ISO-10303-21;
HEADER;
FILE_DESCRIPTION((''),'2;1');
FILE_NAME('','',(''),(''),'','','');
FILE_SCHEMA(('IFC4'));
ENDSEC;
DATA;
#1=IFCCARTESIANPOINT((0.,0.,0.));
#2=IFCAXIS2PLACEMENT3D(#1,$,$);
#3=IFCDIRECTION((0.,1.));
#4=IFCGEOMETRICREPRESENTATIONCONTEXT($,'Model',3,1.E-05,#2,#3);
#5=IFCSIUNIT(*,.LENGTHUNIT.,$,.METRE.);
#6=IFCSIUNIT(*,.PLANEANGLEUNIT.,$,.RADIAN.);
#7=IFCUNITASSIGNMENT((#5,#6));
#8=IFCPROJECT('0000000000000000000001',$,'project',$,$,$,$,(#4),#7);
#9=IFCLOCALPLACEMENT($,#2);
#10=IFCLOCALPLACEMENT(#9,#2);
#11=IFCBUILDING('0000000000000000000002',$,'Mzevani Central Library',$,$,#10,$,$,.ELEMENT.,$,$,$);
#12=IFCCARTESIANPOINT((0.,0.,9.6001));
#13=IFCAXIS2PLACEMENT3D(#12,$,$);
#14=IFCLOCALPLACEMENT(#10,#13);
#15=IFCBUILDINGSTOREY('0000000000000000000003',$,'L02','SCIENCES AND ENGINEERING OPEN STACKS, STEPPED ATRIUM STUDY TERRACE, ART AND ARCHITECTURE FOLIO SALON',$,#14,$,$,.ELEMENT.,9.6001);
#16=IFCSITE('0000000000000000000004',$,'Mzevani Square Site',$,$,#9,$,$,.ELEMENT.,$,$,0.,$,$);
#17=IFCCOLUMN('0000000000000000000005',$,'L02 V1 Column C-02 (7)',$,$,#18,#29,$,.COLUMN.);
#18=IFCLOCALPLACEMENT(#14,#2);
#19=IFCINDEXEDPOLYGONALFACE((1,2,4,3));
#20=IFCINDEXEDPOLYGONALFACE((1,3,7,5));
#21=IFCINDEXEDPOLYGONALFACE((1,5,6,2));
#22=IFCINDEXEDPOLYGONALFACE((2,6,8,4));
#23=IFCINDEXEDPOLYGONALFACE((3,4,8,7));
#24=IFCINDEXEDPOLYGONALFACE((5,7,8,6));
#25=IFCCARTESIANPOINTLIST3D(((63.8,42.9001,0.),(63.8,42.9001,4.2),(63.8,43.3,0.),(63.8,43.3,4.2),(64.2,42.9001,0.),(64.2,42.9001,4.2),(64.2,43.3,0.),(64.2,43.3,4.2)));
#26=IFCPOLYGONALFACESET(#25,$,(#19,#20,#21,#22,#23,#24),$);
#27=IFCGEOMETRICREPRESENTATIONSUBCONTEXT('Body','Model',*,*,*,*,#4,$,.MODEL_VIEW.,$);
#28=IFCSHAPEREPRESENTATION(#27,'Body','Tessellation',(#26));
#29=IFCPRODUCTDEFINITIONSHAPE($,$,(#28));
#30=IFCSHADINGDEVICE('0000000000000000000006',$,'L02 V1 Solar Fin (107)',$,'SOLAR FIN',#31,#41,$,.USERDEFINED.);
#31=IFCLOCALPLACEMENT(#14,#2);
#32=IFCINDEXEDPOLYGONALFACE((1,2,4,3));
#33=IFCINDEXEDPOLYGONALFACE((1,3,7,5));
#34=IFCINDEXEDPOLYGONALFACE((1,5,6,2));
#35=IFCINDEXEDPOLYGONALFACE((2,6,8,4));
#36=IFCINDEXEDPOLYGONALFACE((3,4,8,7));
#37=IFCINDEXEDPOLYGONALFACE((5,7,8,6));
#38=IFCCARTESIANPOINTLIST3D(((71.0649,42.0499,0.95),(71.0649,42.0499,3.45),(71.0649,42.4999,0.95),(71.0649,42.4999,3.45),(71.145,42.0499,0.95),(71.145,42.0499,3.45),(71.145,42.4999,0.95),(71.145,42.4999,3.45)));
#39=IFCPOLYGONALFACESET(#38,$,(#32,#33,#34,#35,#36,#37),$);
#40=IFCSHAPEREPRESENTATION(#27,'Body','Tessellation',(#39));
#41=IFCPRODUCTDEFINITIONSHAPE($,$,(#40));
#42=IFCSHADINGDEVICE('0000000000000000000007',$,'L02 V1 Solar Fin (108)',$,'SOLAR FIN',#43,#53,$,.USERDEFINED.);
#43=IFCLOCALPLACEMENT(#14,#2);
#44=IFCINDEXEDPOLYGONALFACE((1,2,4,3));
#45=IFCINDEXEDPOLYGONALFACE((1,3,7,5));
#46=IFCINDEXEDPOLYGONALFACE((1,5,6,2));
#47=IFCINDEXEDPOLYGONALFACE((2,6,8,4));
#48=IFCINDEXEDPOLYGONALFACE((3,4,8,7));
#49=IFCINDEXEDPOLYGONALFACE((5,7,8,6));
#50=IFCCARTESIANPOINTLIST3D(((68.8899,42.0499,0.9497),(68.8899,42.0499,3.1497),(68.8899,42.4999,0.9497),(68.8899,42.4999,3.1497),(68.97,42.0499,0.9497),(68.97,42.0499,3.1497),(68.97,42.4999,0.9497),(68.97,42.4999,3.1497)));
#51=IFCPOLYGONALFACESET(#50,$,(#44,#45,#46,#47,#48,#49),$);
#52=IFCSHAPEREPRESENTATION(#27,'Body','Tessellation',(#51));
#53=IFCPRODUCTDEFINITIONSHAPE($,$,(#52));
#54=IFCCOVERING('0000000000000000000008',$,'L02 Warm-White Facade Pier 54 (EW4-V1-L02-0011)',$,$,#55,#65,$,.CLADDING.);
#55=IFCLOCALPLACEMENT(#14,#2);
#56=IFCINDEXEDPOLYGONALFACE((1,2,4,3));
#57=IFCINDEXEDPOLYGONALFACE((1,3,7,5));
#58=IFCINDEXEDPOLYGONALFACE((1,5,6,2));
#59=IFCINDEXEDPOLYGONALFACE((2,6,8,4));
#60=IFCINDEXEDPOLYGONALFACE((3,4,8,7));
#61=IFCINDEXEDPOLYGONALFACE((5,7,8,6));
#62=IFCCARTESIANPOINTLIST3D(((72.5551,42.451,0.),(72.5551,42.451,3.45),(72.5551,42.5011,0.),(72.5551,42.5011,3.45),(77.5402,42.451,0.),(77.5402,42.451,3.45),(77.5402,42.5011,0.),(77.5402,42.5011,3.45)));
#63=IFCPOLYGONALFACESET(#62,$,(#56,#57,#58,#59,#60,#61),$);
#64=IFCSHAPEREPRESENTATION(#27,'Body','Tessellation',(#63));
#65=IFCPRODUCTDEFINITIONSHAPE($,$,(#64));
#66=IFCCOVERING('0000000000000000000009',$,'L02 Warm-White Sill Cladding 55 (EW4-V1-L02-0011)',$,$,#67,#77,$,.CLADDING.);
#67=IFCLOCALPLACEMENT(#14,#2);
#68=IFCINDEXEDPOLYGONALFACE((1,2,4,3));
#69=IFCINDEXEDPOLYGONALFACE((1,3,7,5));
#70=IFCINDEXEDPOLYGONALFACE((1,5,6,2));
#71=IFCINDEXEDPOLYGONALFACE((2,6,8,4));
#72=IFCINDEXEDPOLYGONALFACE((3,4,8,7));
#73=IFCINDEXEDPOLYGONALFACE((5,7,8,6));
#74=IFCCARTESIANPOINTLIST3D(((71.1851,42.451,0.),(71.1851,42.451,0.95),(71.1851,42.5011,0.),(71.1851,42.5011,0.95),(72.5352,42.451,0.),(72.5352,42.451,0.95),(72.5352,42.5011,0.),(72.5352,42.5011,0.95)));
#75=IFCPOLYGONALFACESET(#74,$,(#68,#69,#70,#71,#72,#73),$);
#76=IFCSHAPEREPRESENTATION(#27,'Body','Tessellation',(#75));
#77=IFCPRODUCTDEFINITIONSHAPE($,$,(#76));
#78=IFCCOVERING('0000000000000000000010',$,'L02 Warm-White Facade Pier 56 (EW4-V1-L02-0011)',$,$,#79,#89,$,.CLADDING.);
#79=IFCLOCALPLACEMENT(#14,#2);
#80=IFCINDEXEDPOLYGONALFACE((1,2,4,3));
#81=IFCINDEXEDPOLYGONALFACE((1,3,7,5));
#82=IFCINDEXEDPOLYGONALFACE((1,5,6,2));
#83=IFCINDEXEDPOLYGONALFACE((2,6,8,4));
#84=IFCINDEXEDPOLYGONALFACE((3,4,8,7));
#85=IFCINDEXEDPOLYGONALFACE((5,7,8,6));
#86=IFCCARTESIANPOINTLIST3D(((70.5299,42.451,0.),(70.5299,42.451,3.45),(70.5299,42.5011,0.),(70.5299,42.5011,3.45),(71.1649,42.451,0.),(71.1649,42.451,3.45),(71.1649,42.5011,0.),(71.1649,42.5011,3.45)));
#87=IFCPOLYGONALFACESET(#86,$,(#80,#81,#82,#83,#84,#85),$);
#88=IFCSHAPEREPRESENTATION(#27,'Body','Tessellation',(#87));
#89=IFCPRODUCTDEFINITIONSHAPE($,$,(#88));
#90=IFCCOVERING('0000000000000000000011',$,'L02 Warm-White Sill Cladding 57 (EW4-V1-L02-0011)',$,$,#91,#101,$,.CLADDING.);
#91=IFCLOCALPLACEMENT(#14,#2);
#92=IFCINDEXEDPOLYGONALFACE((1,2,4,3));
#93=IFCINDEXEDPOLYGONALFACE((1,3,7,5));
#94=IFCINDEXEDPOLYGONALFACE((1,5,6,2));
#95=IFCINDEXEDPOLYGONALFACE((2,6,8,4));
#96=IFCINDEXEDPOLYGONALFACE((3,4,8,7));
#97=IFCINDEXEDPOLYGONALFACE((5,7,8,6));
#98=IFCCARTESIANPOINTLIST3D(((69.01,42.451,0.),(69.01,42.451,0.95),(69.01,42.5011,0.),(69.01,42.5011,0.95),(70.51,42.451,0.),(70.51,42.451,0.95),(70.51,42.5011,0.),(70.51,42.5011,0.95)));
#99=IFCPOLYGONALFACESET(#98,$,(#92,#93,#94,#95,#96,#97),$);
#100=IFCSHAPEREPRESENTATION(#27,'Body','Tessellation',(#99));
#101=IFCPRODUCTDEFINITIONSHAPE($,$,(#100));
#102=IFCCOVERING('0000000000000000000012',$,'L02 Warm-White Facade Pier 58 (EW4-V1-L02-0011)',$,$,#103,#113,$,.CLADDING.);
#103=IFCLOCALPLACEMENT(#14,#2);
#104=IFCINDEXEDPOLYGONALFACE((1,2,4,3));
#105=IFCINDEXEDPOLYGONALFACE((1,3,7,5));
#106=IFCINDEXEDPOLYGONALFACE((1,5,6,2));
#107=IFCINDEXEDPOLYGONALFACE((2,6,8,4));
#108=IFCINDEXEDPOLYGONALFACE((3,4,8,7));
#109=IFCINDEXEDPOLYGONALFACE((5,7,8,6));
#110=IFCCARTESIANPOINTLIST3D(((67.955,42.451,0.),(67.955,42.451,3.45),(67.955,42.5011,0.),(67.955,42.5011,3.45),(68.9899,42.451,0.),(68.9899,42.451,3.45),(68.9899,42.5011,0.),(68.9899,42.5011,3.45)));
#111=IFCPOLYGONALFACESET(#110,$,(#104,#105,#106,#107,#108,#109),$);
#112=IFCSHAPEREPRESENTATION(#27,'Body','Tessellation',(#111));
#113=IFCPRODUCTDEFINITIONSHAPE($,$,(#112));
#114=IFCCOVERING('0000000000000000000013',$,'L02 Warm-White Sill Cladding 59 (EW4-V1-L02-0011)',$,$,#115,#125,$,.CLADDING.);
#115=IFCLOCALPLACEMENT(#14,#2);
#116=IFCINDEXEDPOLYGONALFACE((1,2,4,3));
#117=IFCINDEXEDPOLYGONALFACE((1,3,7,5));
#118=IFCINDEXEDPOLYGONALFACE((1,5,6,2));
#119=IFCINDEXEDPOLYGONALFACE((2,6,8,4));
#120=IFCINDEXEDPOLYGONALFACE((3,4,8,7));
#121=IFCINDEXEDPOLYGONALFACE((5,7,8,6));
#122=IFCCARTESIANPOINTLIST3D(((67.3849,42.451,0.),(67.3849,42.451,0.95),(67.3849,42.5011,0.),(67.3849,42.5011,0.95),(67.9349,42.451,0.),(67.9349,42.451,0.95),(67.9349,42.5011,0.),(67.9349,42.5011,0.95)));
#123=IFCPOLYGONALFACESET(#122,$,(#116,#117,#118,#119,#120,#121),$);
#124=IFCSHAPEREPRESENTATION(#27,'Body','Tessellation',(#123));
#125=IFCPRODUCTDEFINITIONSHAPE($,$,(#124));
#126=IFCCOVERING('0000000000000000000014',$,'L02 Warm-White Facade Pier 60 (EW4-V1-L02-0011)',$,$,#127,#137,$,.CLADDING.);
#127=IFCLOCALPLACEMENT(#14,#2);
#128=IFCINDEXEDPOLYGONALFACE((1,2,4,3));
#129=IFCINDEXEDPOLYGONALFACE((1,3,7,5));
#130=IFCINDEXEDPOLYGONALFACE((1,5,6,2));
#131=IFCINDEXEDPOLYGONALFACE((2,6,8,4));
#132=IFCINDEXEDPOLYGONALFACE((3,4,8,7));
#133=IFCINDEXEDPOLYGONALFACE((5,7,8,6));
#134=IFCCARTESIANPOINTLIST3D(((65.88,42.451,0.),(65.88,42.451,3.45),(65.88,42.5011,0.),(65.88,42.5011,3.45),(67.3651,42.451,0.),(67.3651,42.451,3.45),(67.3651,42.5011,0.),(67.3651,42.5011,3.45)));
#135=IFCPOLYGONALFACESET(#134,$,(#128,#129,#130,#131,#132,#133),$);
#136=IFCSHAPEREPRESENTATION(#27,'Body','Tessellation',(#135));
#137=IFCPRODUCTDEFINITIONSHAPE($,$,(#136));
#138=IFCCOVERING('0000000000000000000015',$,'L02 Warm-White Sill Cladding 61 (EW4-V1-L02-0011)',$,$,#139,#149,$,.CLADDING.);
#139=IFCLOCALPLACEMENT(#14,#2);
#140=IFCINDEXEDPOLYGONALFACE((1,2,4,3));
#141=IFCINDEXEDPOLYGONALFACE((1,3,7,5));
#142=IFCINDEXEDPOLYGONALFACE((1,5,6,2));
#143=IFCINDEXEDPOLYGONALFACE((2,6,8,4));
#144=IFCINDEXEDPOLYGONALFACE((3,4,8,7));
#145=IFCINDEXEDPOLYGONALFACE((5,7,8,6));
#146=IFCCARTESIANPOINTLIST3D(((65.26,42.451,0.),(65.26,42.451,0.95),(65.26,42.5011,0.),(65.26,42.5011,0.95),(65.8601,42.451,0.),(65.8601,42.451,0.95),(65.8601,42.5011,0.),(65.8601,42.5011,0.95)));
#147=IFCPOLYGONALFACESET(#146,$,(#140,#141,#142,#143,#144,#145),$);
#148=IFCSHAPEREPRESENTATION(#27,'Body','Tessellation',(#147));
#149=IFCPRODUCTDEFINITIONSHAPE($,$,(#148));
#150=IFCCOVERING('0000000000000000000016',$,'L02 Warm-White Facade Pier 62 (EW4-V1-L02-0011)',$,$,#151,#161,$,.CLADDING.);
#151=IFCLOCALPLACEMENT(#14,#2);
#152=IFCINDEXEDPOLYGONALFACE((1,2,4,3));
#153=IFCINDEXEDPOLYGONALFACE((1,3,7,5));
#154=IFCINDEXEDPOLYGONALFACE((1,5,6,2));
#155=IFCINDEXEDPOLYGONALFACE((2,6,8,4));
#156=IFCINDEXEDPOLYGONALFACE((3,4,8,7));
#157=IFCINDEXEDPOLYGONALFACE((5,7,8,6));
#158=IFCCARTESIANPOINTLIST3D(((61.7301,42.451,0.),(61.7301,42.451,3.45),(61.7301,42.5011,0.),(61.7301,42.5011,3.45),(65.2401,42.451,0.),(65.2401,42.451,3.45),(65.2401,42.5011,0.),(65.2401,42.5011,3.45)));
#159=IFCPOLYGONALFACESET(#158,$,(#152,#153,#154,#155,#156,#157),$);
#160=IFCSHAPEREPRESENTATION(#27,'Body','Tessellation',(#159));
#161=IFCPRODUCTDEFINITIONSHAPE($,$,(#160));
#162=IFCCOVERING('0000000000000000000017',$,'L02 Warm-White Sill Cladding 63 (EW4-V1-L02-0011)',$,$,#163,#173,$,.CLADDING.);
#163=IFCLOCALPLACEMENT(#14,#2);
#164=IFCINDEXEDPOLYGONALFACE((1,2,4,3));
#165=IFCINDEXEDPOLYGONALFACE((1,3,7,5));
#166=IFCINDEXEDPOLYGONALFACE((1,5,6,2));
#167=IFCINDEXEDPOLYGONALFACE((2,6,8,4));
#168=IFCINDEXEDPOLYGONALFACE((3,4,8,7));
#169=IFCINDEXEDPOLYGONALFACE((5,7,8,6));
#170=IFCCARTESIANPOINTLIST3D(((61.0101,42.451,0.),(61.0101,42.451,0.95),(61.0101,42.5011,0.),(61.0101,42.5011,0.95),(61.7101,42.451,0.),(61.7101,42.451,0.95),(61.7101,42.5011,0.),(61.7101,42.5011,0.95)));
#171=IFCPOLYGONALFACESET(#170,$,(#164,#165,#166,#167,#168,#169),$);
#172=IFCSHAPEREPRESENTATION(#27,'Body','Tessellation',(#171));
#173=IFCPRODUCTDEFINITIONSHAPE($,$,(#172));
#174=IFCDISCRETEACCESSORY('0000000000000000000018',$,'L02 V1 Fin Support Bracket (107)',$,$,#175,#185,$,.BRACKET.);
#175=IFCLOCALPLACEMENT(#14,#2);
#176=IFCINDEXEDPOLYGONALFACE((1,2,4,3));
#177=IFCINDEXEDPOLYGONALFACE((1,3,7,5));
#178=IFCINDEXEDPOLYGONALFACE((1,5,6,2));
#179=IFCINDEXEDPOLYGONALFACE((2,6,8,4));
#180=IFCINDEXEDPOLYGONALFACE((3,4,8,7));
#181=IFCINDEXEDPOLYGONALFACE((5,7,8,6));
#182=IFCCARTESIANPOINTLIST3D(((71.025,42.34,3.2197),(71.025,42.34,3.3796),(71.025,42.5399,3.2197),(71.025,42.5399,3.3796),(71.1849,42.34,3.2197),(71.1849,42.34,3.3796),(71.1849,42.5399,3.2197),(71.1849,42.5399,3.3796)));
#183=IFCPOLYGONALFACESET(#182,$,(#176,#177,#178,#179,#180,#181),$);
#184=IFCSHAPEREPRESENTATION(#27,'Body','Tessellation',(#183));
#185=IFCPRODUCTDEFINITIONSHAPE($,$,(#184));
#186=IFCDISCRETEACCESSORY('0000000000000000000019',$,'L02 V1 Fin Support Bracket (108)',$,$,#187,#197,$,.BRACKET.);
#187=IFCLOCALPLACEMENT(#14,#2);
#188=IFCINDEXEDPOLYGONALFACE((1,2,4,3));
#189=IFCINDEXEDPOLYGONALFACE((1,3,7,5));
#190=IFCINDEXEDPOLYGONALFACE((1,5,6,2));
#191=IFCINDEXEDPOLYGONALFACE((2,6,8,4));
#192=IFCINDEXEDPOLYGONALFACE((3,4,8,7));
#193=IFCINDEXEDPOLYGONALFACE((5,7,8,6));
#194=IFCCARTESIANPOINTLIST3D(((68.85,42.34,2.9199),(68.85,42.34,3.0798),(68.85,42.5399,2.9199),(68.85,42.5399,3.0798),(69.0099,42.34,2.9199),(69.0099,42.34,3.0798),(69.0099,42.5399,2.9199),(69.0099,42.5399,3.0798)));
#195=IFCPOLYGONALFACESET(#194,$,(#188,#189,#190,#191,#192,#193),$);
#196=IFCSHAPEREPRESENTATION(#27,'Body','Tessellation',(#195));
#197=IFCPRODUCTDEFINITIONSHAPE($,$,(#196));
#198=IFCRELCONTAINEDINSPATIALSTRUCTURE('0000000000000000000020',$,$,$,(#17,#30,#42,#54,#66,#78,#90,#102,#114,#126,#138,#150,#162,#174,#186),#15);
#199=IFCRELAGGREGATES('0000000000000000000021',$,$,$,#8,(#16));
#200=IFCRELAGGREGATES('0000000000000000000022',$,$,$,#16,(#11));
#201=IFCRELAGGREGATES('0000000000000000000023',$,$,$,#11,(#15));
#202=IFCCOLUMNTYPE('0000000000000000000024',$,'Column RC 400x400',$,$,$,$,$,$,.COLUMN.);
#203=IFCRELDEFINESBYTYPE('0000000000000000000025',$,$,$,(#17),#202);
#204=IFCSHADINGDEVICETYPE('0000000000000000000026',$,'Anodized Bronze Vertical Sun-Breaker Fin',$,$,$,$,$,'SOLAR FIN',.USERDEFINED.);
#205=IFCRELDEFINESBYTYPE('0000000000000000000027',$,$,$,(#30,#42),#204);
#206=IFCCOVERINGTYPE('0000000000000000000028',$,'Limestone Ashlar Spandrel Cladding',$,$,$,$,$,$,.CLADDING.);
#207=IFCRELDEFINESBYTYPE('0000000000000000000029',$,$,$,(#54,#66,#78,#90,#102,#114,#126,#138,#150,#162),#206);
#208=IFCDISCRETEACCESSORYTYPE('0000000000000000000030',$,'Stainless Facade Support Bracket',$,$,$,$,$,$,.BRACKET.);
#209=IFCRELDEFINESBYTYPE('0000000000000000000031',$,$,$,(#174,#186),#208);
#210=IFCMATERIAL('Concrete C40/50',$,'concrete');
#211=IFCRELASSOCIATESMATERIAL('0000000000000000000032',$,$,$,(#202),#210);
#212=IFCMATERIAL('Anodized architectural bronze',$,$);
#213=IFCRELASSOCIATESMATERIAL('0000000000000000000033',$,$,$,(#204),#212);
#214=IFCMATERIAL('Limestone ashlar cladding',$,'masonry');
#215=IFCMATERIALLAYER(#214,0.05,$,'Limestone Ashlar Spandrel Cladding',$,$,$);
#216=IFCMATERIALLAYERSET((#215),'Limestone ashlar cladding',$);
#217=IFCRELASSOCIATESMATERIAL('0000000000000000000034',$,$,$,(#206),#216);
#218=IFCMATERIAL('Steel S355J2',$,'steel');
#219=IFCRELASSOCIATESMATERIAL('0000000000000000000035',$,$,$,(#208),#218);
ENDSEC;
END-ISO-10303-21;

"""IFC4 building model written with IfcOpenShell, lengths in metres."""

from ifc_helpers import new_model, si_unit, direction, frame, origin, origin_2d, place, context, subcontext, project, spatial, rectangle, extrude, material, layer, layer_set, material_profile, profile_set, type_object, element, save


model = new_model("IFC4")

# Units and contexts
model_context = context("Model", 3, precision=1e-05, world=origin(), true_north=direction((0.0, 1.0)))
body_context = subcontext(model_context, "Body", "Model", "MODEL_VIEW")
ifc_project = project(units=[si_unit("LENGTHUNIT", "METRE"), si_unit("PLANEANGLEUNIT", "RADIAN")], contexts=[model_context])

# Site, building, storey
site_placement = place(None, origin())
site = spatial("IfcSite", under=ifc_project, at=site_placement, Name="Mzevani Square Site", CompositionType="ELEMENT", RefElevation=0.0)
building_placement = place(site_placement, origin())
building = spatial("IfcBuilding", under=site, at=building_placement, Name="Mzevani Central Library", CompositionType="ELEMENT")
storey_placement = place(building_placement, frame((0.0, 0.0, 9.6001)))
storey = spatial("IfcBuildingStorey", under=building, at=storey_placement, Name="L02", Description="SCIENCES AND ENGINEERING OPEN STACKS, STEPPED ATRIUM STUDY TERRACE, ART AND ARCHITECTURE FOLIO SALON", CompositionType="ELEMENT", Elevation=9.6001)

# Column
ifc_material_1 = material(Name="Concrete C40/50", Category="concrete")
ifc_material_profile = material_profile(ifc_material_1, rectangle(XDim=0.3999, YDim=0.3999, at=origin_2d()), Name="RC 400x400")
ifc_profile_set = profile_set([ifc_material_profile], Name="Concrete C40/50")
column_type = type_object("IfcColumnType", Name="Column RC 400x400", PredefinedType="COLUMN", material=ifc_profile_set)
column_placement = place(storey_placement, frame((64.0, 43.1001, 0.0), z_axis=(0.0, 0.0, 1.0), x_axis=(1.0, 0.0, 0.0)))
element("IfcColumn", 1, at=column_placement, inside=storey, type_object=column_type, Name="L02 V1 Column C-02 (7)", PredefinedType="COLUMN", context=body_context, shape_type="SweptSolid", body=[
    extrude(rectangle(XDim=0.3999, YDim=0.3999, at=origin_2d()), origin(), (0.0, 0.0, 1.0), 4.2),
])

# Shading devices
ifc_material_2 = material(Name="Anodized architectural bronze")
shading_device_type = type_object("IfcShadingDeviceType", Name="Anodized Bronze Vertical Sun-Breaker Fin", ElementType="SOLAR FIN", PredefinedType="USERDEFINED", material=ifc_material_2)
shading_device_1_placement = place(storey_placement, frame((71.105, 42.2749, 0.95), z_axis=(0.0, 0.0, 1.0), x_axis=(-1.0, 0.0, 0.0)))
element("IfcShadingDevice", 2, at=shading_device_1_placement, inside=storey, type_object=shading_device_type, Name="L02 V1 Solar Fin (107)", ObjectType="SOLAR FIN", PredefinedType="USERDEFINED", context=body_context, shape_type="SweptSolid", body=[
    extrude(rectangle(XDim=0.0801, YDim=0.45, at=origin_2d()), origin(), (0.0, 0.0, 1.0), 2.5),
])
shading_device_2_placement = place(storey_placement, frame((68.9299, 42.2749, 0.9497), z_axis=(0.0, 0.0, 1.0), x_axis=(-1.0, 0.0, 0.0)))
element("IfcShadingDevice", 3, at=shading_device_2_placement, inside=storey, type_object=shading_device_type, Name="L02 V1 Solar Fin (108)", ObjectType="SOLAR FIN", PredefinedType="USERDEFINED", context=body_context, shape_type="SweptSolid", body=[
    extrude(rectangle(XDim=0.0801, YDim=0.45, at=origin_2d()), origin(), (0.0, 0.0, 1.0), 2.2),
])

# Coverings
ifc_material_3 = material(Name="Limestone ashlar cladding", Category="masonry")
ifc_layer = layer(ifc_material_3, 0.05, Name="Limestone Ashlar Spandrel Cladding")
ifc_layer_set = layer_set([ifc_layer], Name="Limestone ashlar cladding")
covering_type = type_object("IfcCoveringType", Name="Limestone Ashlar Spandrel Cladding", PredefinedType="CLADDING", material=ifc_layer_set)
covering_1_placement = place(storey_placement, frame((75.0476, 42.4761, 0.0), z_axis=(0.0, 0.0, 1.0), x_axis=(-1.0, 0.0, 0.0)))
element("IfcCovering", 4, at=covering_1_placement, inside=storey, type_object=covering_type, Name="L02 Warm-White Facade Pier 54 (EW4-V1-L02-0011)", PredefinedType="CLADDING", context=body_context, shape_type="SweptSolid", body=[
    extrude(rectangle(XDim=4.9851, YDim=0.05, at=origin_2d()), origin(), (0.0, 0.0, 1.0), 3.45),
])
covering_2_placement = place(storey_placement, frame((71.8601, 42.4761, 0.0), z_axis=(0.0, 0.0, 1.0), x_axis=(-1.0, 0.0, 0.0)))
element("IfcCovering", 5, at=covering_2_placement, inside=storey, type_object=covering_type, Name="L02 Warm-White Sill Cladding 55 (EW4-V1-L02-0011)", PredefinedType="CLADDING", context=body_context, shape_type="SweptSolid", body=[
    extrude(rectangle(XDim=1.3501, YDim=0.05, at=origin_2d()), origin(), (0.0, 0.0, 1.0), 0.95),
])
covering_3_placement = place(storey_placement, frame((70.8474, 42.4761, 0.0), z_axis=(0.0, 0.0, 1.0), x_axis=(-1.0, 0.0, 0.0)))
element("IfcCovering", 6, at=covering_3_placement, inside=storey, type_object=covering_type, Name="L02 Warm-White Facade Pier 56 (EW4-V1-L02-0011)", PredefinedType="CLADDING", context=body_context, shape_type="SweptSolid", body=[
    extrude(rectangle(XDim=0.635, YDim=0.05, at=origin_2d()), origin(), (0.0, 0.0, 1.0), 3.45),
])
covering_4_placement = place(storey_placement, frame((69.76, 42.4761, 0.0), z_axis=(0.0, 0.0, 1.0), x_axis=(-1.0, 0.0, 0.0)))
element("IfcCovering", 7, at=covering_4_placement, inside=storey, type_object=covering_type, Name="L02 Warm-White Sill Cladding 57 (EW4-V1-L02-0011)", PredefinedType="CLADDING", context=body_context, shape_type="SweptSolid", body=[
    extrude(rectangle(XDim=1.5, YDim=0.05, at=origin_2d()), origin(), (0.0, 0.0, 1.0), 0.95),
])
covering_5_placement = place(storey_placement, frame((68.4724, 42.4761, 0.0), z_axis=(0.0, 0.0, 1.0), x_axis=(-1.0, 0.0, 0.0)))
element("IfcCovering", 8, at=covering_5_placement, inside=storey, type_object=covering_type, Name="L02 Warm-White Facade Pier 58 (EW4-V1-L02-0011)", PredefinedType="CLADDING", context=body_context, shape_type="SweptSolid", body=[
    extrude(rectangle(XDim=1.0349, YDim=0.05, at=origin_2d()), origin(), (0.0, 0.0, 1.0), 3.45),
])
covering_6_placement = place(storey_placement, frame((67.6599, 42.4761, 0.0), z_axis=(0.0, 0.0, 1.0), x_axis=(-1.0, 0.0, 0.0)))
element("IfcCovering", 9, at=covering_6_placement, inside=storey, type_object=covering_type, Name="L02 Warm-White Sill Cladding 59 (EW4-V1-L02-0011)", PredefinedType="CLADDING", context=body_context, shape_type="SweptSolid", body=[
    extrude(rectangle(XDim=0.55, YDim=0.05, at=origin_2d()), origin(), (0.0, 0.0, 1.0), 0.95),
])
covering_7_placement = place(storey_placement, frame((66.6226, 42.4761, 0.0), z_axis=(0.0, 0.0, 1.0), x_axis=(-1.0, 0.0, 0.0)))
element("IfcCovering", 10, at=covering_7_placement, inside=storey, type_object=covering_type, Name="L02 Warm-White Facade Pier 60 (EW4-V1-L02-0011)", PredefinedType="CLADDING", context=body_context, shape_type="SweptSolid", body=[
    extrude(rectangle(XDim=1.4851, YDim=0.05, at=origin_2d()), origin(), (0.0, 0.0, 1.0), 3.45),
])
covering_8_placement = place(storey_placement, frame((65.5601, 42.4761, 0.0), z_axis=(0.0, 0.0, 1.0), x_axis=(-1.0, 0.0, 0.0)))
element("IfcCovering", 11, at=covering_8_placement, inside=storey, type_object=covering_type, Name="L02 Warm-White Sill Cladding 61 (EW4-V1-L02-0011)", PredefinedType="CLADDING", context=body_context, shape_type="SweptSolid", body=[
    extrude(rectangle(XDim=0.6001, YDim=0.05, at=origin_2d()), origin(), (0.0, 0.0, 1.0), 0.95),
])
covering_9_placement = place(storey_placement, frame((63.4851, 42.4761, 0.0), z_axis=(0.0, 0.0, 1.0), x_axis=(-1.0, 0.0, 0.0)))
element("IfcCovering", 12, at=covering_9_placement, inside=storey, type_object=covering_type, Name="L02 Warm-White Facade Pier 62 (EW4-V1-L02-0011)", PredefinedType="CLADDING", context=body_context, shape_type="SweptSolid", body=[
    extrude(rectangle(XDim=3.51, YDim=0.05, at=origin_2d()), origin(), (0.0, 0.0, 1.0), 3.45),
])
covering_10_placement = place(storey_placement, frame((61.3601, 42.4761, 0.0), z_axis=(0.0, 0.0, 1.0), x_axis=(-1.0, 0.0, 0.0)))
element("IfcCovering", 13, at=covering_10_placement, inside=storey, type_object=covering_type, Name="L02 Warm-White Sill Cladding 63 (EW4-V1-L02-0011)", PredefinedType="CLADDING", context=body_context, shape_type="SweptSolid", body=[
    extrude(rectangle(XDim=0.7, YDim=0.05, at=origin_2d()), origin(), (0.0, 0.0, 1.0), 0.95),
])

# Discrete accessories
ifc_material_4 = material(Name="Steel S355J2", Category="steel")
discrete_accessory_type = type_object("IfcDiscreteAccessoryType", Name="Stainless Facade Support Bracket", PredefinedType="BRACKET", material=ifc_material_4)
for number, where, z_axis, x_axis, name in (
    (14, (71.105, 42.4399, 3.2197), (0.0, 0.0, 1.0), (-1.0, 0.0, 0.0), "L02 V1 Fin Support Bracket (107)"),
    (15, (68.9299, 42.4399, 2.9199), (0.0, 0.0, 1.0), (-1.0, 0.0, 0.0), "L02 V1 Fin Support Bracket (108)"),
):
    element("IfcDiscreteAccessory", number, at=place(storey_placement, frame(where, z_axis=z_axis, x_axis=x_axis)), inside=storey, type_object=discrete_accessory_type, Name=name, PredefinedType="BRACKET", context=body_context, shape_type="SweptSolid", body=[
        extrude(rectangle(XDim=0.1599, YDim=0.2, at=origin_2d()), origin(), (0.0, 0.0, 1.0), 0.1599),
    ])

save(model, "model.ifc")
